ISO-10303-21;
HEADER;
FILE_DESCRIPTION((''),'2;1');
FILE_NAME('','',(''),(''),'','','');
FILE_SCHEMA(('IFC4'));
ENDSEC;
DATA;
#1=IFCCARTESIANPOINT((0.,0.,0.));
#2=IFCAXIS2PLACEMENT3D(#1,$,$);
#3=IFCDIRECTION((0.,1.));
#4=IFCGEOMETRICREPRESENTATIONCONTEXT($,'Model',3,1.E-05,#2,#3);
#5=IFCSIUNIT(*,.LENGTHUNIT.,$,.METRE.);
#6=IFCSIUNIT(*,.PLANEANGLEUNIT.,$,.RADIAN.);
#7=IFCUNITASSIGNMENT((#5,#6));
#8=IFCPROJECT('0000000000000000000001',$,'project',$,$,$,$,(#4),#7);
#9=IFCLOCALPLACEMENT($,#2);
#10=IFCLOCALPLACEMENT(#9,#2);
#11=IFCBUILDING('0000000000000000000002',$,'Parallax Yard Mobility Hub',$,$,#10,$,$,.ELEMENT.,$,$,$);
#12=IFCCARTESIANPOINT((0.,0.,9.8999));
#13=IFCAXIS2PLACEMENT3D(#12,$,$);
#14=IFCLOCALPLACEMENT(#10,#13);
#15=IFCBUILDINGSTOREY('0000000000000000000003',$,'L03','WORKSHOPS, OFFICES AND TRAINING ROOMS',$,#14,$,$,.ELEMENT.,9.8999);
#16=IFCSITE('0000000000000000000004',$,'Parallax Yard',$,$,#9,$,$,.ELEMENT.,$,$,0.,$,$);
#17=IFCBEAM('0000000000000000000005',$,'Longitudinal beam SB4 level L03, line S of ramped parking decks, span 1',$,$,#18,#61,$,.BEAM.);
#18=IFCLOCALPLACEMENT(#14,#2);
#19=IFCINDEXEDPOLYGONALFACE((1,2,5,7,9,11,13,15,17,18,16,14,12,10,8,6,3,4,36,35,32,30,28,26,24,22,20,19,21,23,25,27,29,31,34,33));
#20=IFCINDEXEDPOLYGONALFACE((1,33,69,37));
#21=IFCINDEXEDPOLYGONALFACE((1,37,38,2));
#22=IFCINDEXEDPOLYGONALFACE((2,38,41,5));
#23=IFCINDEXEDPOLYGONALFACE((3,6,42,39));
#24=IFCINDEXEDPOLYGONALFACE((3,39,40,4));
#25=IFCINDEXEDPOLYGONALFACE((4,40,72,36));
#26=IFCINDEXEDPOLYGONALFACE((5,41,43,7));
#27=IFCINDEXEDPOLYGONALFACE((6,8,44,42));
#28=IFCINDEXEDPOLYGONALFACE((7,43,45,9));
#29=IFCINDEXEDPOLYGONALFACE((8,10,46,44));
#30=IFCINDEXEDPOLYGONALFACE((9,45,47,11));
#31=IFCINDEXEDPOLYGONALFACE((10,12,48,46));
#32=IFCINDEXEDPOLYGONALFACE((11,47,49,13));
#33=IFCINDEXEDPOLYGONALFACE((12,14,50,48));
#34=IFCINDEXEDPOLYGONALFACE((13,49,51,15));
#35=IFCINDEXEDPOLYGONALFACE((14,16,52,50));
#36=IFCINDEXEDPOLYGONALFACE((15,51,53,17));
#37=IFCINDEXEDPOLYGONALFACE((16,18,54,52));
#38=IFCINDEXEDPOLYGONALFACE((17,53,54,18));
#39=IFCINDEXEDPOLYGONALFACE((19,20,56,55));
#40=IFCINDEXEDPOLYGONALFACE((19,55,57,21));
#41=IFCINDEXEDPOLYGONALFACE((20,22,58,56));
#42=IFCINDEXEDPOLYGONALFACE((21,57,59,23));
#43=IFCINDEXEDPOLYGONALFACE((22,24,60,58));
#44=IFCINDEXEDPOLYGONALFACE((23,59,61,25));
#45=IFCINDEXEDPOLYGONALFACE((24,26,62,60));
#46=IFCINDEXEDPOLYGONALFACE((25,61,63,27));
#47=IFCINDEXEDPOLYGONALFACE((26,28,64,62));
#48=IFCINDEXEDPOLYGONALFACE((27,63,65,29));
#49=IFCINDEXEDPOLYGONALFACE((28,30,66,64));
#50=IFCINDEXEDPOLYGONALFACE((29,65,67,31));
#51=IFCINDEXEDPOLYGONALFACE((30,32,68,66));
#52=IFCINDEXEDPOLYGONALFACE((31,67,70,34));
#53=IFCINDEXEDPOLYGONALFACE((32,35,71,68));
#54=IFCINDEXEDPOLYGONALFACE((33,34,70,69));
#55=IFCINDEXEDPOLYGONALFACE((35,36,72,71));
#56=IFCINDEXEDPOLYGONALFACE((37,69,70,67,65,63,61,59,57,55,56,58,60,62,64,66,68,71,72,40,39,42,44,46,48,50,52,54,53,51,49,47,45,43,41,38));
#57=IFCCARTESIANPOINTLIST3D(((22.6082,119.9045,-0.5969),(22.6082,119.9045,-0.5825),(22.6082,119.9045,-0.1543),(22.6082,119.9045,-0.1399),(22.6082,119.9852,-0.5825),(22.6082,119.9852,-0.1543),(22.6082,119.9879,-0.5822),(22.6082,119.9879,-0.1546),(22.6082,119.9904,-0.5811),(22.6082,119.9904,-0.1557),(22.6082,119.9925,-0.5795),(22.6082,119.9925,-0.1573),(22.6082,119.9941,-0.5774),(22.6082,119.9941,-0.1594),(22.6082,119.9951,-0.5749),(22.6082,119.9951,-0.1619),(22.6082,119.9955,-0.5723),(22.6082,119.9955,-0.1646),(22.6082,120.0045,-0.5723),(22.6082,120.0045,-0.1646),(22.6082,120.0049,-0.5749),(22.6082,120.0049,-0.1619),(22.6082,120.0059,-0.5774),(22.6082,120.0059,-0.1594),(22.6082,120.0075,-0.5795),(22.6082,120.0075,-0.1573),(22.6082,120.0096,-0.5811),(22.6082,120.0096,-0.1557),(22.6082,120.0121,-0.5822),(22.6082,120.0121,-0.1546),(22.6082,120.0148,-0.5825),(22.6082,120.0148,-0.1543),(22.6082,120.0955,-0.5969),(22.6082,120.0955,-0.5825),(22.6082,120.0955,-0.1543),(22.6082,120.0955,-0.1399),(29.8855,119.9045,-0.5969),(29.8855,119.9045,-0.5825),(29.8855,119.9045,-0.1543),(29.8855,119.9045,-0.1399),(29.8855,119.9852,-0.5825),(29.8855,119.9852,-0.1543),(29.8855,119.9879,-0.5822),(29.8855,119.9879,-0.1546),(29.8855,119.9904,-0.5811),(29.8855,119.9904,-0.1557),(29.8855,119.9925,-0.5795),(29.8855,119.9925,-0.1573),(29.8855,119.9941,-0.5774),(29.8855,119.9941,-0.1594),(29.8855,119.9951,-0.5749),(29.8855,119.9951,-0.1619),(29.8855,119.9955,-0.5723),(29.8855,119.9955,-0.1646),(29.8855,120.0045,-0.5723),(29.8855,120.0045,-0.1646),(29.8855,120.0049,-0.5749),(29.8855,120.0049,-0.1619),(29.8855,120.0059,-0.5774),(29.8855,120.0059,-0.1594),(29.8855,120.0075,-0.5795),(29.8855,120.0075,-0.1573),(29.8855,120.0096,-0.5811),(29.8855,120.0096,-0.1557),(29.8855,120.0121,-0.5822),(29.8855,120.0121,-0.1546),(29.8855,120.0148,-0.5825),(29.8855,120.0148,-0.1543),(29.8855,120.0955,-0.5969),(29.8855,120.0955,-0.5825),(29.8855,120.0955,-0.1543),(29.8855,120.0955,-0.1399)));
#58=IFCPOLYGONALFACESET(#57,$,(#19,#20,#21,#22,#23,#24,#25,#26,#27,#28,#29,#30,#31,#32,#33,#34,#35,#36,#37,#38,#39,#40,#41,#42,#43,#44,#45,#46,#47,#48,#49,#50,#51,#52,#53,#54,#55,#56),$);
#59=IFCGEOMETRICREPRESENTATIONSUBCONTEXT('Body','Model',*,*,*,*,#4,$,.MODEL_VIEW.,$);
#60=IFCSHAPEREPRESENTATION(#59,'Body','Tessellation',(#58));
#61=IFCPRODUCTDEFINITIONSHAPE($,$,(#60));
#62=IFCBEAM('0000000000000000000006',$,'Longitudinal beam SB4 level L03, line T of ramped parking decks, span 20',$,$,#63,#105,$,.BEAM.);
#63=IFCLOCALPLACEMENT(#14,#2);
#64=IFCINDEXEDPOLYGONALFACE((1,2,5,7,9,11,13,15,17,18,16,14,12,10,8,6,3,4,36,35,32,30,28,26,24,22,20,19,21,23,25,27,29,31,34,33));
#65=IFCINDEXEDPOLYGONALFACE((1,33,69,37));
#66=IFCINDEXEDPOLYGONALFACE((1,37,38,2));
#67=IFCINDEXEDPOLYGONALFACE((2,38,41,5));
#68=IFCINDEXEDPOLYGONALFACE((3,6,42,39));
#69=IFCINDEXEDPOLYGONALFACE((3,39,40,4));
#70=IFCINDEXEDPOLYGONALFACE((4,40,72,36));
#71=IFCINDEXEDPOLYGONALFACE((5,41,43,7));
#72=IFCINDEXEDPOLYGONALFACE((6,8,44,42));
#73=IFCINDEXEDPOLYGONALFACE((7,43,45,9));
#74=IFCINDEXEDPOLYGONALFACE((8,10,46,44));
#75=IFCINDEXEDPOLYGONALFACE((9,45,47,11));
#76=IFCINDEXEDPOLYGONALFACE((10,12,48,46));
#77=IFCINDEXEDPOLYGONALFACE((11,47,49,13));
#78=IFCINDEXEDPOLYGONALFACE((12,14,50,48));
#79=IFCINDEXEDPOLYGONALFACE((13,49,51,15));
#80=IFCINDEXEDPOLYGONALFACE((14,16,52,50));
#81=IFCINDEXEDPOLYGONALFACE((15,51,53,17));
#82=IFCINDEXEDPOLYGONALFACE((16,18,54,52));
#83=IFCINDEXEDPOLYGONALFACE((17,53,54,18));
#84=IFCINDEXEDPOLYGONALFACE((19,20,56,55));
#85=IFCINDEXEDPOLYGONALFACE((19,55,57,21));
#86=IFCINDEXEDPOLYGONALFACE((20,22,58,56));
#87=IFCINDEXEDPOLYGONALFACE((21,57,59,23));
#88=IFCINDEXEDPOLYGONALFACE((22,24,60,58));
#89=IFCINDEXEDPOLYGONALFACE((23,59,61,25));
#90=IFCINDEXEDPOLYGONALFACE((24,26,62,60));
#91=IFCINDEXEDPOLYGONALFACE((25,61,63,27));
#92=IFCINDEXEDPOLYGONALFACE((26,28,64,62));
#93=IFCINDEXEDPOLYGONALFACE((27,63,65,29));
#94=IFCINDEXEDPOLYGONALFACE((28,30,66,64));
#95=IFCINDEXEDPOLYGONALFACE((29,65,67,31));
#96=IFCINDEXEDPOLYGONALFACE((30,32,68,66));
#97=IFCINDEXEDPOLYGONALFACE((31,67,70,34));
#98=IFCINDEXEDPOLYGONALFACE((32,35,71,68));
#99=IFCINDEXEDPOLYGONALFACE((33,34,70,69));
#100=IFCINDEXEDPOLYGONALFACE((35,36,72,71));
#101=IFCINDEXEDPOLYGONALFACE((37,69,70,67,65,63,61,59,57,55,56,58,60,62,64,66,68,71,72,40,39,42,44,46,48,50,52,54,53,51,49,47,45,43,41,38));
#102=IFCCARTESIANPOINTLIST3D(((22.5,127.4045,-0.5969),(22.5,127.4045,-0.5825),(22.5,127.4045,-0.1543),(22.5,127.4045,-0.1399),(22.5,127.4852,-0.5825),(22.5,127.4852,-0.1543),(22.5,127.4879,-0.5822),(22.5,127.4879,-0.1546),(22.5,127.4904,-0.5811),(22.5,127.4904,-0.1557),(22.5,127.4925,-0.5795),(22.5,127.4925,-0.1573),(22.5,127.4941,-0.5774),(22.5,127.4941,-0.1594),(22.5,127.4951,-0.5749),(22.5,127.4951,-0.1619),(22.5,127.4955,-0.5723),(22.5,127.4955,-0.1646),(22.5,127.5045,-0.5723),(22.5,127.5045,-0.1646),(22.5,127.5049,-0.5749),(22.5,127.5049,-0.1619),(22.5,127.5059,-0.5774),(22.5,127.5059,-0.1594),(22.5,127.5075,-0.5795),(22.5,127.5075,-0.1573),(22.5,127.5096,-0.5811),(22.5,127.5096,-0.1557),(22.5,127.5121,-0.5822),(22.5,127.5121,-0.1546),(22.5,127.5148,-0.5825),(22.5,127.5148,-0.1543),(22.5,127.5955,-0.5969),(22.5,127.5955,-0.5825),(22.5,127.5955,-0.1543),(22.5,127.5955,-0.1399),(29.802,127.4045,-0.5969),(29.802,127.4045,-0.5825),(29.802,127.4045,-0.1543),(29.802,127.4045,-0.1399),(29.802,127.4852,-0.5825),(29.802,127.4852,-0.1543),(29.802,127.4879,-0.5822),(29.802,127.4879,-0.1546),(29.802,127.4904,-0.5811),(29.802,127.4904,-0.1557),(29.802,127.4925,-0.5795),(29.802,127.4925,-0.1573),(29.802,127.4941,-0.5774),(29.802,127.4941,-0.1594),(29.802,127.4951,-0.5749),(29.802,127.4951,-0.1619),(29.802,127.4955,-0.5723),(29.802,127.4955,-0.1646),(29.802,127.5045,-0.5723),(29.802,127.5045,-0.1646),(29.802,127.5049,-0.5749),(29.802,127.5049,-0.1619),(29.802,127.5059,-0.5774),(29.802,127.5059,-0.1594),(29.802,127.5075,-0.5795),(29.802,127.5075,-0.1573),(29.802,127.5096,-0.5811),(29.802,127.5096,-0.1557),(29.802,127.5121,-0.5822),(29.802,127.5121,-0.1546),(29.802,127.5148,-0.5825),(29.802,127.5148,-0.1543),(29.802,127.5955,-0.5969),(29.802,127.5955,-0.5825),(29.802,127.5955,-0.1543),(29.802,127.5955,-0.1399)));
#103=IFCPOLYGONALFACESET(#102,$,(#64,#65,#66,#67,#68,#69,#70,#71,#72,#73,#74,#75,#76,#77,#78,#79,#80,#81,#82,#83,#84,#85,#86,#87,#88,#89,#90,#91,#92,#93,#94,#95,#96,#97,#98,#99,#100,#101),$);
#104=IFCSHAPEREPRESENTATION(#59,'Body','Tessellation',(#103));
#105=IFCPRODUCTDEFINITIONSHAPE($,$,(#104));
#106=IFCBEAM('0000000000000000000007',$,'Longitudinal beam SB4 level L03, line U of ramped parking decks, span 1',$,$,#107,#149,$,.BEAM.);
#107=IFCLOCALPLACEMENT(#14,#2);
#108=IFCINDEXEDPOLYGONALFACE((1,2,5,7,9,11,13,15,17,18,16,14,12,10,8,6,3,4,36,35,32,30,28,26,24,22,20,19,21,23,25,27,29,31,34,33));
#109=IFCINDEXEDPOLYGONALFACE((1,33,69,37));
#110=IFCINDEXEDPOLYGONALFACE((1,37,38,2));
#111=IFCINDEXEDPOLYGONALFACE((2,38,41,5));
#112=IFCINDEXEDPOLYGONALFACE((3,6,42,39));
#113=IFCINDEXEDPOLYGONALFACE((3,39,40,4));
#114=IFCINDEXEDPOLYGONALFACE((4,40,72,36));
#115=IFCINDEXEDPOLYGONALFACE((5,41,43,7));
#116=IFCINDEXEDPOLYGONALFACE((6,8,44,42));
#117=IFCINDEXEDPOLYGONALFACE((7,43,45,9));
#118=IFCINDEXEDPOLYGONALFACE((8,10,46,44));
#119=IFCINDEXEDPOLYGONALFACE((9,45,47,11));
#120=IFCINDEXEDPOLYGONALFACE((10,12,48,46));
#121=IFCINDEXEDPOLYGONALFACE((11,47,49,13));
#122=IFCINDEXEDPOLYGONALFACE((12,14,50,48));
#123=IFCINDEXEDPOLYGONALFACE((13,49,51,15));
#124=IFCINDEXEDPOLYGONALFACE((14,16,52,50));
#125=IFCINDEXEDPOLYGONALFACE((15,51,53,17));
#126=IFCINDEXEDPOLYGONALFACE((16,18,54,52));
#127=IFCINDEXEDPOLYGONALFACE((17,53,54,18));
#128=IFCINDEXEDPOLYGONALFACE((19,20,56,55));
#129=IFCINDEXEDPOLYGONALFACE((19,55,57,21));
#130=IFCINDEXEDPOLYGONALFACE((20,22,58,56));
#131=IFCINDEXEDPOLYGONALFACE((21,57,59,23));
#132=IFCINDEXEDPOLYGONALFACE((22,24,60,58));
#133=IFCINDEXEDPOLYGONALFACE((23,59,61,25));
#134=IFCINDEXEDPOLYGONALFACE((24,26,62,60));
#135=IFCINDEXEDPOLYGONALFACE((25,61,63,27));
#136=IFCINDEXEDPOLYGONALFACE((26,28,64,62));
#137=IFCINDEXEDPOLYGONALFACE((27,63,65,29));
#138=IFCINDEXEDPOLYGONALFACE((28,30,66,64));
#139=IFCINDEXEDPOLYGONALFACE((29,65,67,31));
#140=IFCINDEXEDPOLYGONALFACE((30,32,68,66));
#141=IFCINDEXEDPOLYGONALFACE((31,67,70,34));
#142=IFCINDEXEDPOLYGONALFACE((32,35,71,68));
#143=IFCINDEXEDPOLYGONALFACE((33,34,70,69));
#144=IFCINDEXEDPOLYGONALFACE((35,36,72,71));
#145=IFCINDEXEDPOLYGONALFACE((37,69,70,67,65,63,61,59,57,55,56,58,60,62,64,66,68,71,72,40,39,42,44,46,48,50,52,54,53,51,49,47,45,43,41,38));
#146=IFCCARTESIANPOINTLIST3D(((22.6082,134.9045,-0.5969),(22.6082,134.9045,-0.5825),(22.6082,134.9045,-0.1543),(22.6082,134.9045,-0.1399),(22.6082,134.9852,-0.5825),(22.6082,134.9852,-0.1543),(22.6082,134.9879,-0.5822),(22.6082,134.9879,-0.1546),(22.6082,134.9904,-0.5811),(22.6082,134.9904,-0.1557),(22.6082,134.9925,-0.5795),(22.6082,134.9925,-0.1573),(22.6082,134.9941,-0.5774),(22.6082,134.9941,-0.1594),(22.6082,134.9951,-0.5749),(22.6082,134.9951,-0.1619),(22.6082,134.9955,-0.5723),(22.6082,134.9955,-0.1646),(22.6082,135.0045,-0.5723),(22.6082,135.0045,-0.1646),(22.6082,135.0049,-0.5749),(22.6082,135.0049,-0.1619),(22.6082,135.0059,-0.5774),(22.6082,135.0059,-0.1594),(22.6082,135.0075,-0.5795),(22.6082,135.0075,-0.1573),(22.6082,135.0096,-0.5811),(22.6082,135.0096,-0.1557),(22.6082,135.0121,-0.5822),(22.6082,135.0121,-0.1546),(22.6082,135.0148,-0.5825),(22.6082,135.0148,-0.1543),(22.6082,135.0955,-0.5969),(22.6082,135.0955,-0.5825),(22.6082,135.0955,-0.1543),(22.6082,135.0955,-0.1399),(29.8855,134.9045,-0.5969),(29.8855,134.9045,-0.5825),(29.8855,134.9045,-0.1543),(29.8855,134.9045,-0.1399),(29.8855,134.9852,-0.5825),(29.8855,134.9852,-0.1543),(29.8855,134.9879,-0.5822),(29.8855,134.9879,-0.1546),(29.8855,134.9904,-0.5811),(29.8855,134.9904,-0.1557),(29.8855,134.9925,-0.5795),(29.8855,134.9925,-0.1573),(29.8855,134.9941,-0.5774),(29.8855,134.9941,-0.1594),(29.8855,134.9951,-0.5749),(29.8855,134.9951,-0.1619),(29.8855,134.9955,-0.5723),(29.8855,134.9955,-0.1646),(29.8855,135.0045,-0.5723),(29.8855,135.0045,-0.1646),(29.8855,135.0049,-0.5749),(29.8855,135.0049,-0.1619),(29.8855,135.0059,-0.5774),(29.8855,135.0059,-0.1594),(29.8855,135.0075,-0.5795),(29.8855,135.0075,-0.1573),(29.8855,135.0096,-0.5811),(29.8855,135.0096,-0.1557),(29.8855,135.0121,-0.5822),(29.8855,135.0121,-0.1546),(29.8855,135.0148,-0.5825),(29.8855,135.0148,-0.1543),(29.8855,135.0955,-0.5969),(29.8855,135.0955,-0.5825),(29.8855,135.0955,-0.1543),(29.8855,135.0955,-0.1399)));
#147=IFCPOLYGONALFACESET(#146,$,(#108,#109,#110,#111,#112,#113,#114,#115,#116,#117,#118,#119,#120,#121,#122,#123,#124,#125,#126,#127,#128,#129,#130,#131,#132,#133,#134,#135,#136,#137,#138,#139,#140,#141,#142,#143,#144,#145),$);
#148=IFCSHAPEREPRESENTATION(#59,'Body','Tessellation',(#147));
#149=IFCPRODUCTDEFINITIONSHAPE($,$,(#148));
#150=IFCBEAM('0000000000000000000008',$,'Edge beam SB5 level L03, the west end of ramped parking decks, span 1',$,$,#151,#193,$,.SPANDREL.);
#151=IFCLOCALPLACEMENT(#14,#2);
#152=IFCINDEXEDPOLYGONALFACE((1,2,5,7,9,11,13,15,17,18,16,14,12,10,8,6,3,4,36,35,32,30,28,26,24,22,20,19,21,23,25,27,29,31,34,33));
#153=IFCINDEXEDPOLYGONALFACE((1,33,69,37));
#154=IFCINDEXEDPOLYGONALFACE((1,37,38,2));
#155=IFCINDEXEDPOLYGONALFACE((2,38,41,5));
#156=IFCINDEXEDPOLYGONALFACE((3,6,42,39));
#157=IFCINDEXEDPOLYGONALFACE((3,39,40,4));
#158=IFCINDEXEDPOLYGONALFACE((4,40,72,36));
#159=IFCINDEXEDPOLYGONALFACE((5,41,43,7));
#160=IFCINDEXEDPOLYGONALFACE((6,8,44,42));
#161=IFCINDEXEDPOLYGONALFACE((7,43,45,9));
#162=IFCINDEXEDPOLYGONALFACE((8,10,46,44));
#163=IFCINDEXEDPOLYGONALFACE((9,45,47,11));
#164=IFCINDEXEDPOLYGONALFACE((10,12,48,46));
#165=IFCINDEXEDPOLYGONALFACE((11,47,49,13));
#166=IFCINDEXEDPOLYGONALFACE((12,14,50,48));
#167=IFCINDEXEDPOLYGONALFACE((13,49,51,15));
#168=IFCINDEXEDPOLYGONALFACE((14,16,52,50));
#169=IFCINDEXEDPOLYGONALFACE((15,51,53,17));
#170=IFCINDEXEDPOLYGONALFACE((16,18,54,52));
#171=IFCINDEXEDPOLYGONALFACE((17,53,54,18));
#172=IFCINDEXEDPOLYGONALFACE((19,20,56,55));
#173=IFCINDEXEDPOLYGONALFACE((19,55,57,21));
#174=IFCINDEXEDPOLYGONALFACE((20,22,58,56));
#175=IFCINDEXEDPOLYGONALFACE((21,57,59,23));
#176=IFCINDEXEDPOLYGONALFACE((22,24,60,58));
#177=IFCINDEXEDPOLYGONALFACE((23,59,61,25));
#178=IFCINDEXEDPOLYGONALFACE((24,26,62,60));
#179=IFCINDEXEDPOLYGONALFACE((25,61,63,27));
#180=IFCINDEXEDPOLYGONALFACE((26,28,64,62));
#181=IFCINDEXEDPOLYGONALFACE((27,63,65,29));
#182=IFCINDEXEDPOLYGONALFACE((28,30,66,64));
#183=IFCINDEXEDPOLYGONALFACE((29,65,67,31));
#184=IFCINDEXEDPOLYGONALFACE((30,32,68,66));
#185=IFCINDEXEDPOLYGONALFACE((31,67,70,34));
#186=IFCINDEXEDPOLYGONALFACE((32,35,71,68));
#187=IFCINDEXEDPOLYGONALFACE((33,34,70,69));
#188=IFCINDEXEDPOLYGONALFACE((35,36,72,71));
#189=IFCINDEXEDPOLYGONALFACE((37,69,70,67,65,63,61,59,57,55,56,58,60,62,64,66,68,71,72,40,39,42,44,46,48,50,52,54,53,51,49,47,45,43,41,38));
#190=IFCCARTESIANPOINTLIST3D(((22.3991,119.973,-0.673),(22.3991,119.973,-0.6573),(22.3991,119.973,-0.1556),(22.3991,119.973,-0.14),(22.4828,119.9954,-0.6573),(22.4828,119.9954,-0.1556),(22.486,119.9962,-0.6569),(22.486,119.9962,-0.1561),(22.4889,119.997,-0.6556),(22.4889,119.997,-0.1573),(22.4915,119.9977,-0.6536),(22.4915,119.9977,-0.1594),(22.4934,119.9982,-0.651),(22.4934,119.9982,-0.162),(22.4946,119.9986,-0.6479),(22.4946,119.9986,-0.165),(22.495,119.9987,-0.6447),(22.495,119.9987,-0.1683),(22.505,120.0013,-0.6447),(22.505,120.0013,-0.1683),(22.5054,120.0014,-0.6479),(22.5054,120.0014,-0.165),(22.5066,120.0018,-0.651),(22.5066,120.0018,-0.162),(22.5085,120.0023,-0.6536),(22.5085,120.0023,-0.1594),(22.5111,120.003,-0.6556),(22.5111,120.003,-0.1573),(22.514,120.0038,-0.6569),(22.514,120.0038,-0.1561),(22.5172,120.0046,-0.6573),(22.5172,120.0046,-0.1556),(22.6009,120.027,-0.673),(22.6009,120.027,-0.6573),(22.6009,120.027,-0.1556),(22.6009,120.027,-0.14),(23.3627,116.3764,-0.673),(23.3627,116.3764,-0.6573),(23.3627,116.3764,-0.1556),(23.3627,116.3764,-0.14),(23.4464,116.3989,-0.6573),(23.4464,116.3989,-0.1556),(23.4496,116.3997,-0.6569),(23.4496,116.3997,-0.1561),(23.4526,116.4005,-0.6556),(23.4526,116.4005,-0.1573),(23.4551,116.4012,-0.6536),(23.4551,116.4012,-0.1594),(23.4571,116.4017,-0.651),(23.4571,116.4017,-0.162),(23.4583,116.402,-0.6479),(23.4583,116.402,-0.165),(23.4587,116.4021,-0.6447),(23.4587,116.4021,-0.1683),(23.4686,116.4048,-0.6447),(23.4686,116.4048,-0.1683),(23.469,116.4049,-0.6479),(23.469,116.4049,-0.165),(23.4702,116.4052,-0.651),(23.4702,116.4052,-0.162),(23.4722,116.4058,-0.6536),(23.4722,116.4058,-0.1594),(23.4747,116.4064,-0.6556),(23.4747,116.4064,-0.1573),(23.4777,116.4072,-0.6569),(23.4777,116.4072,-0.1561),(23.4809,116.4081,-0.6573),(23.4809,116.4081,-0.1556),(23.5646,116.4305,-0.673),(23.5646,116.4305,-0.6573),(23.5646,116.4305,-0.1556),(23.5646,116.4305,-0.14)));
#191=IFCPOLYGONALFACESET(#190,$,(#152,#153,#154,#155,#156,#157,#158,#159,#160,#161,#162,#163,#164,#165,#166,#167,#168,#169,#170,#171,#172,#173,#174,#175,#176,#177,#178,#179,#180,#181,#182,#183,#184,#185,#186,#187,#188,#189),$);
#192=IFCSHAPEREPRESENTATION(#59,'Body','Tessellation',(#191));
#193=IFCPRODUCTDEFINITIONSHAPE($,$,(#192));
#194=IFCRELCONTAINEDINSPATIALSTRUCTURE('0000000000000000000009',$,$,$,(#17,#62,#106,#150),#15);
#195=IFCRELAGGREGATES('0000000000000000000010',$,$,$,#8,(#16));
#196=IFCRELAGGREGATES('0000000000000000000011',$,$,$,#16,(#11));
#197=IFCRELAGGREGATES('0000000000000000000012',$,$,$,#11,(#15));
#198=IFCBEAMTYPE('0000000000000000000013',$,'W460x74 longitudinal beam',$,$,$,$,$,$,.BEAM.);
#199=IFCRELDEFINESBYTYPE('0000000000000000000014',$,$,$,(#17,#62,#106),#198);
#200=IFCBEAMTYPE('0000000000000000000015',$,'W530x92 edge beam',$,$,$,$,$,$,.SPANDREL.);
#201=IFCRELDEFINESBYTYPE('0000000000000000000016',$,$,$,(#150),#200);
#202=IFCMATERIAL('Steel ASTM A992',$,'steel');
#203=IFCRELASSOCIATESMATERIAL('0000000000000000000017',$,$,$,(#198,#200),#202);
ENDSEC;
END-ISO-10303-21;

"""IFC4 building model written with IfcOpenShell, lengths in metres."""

from ifc_helpers import new_model, si_unit, direction, frame, origin, origin_2d, place, context, subcontext, project, spatial, i_section, extrude, material, material_profile, profile_set, type_object, element, save


model = new_model("IFC4")

# Units and contexts
model_context = context("Model", 3, precision=1e-05, world=origin(), true_north=direction((0.0, 1.0)))
body_context = subcontext(model_context, "Body", "Model", "MODEL_VIEW")
ifc_project = project(units=[si_unit("LENGTHUNIT", "METRE"), si_unit("PLANEANGLEUNIT", "RADIAN")], contexts=[model_context])

# Site, building, storey
site_placement = place(None, origin())
site = spatial("IfcSite", under=ifc_project, at=site_placement, Name="Parallax Yard", CompositionType="ELEMENT", RefElevation=0.0)
building_placement = place(site_placement, origin())
building = spatial("IfcBuilding", under=site, at=building_placement, Name="Parallax Yard Mobility Hub", CompositionType="ELEMENT")
storey_placement = place(building_placement, frame((0.0, 0.0, 9.8999)))
storey = spatial("IfcBuildingStorey", under=building, at=storey_placement, Name="L03", Description="WORKSHOPS, OFFICES AND TRAINING ROOMS", CompositionType="ELEMENT", Elevation=9.8999)

# Beams
ifc_material_1 = material(Name="Steel ASTM A992", Category="steel")
ifc_material_profile_1 = material_profile(ifc_material_1, i_section(OverallWidth=0.1909, OverallDepth=0.457, WebThickness=0.009, FlangeThickness=0.0144, FilletRadius=0.0103, at=origin_2d()), Name="W460x74")
ifc_profile_set_1 = profile_set([ifc_material_profile_1], Name="Steel ASTM A992")
beam_type_1 = type_object("IfcBeamType", Name="W460x74 longitudinal beam", PredefinedType="BEAM", material=ifc_profile_set_1)
beam_1_placement = place(storey_placement, frame((22.6082, 120.0, -0.3684), z_axis=(1.0, 0.0, 0.0), x_axis=(0.0, 1.0, 0.0)))
element("IfcBeam", 1, at=beam_1_placement, inside=storey, type_object=beam_type_1, Name="Longitudinal beam SB4 level L03, line S of ramped parking decks, span 1", PredefinedType="BEAM", context=body_context, shape_type="SweptSolid", body=[
    extrude(i_section(OverallWidth=0.1909, OverallDepth=0.457, WebThickness=0.009, FlangeThickness=0.0144, FilletRadius=0.0103, at=origin_2d()), origin(), (0.0, 0.0, 1.0), 7.2773),
])
beam_2_placement = place(storey_placement, frame((22.5, 127.5, -0.3684), z_axis=(1.0, 0.0, 0.0), x_axis=(0.0, 1.0, 0.0)))
element("IfcBeam", 2, at=beam_2_placement, inside=storey, type_object=beam_type_1, Name="Longitudinal beam SB4 level L03, line T of ramped parking decks, span 20", PredefinedType="BEAM", context=body_context, shape_type="SweptSolid", body=[
    extrude(i_section(OverallWidth=0.1909, OverallDepth=0.457, WebThickness=0.009, FlangeThickness=0.0144, FilletRadius=0.0103, at=origin_2d()), origin(), (0.0, 0.0, 1.0), 7.302),
])
beam_3_placement = place(storey_placement, frame((22.6082, 135.0, -0.3684), z_axis=(1.0, 0.0, 0.0), x_axis=(0.0, 1.0, 0.0)))
element("IfcBeam", 3, at=beam_3_placement, inside=storey, type_object=beam_type_1, Name="Longitudinal beam SB4 level L03, line U of ramped parking decks, span 1", PredefinedType="BEAM", context=body_context, shape_type="SweptSolid", body=[
    extrude(i_section(OverallWidth=0.1909, OverallDepth=0.457, WebThickness=0.009, FlangeThickness=0.0144, FilletRadius=0.0103, at=origin_2d()), origin(), (0.0, 0.0, 1.0), 7.2773),
])
ifc_material_profile_2 = material_profile(ifc_material_1, i_section(OverallWidth=0.209, OverallDepth=0.533, WebThickness=0.0103, FlangeThickness=0.0156, FilletRadius=0.0127, at=origin_2d()), Name="W530x92")
ifc_profile_set_2 = profile_set([ifc_material_profile_2], Name="Steel ASTM A992")
beam_type_2 = type_object("IfcBeamType", Name="W530x92 edge beam", PredefinedType="SPANDREL", material=ifc_profile_set_2)
beam_4_placement = place(storey_placement, frame((22.5, 120.0, -0.4065), z_axis=(0.258809, -0.965928, 0.0), x_axis=(0.965928, 0.258809, 0.0)))
element("IfcBeam", 4, at=beam_4_placement, inside=storey, type_object=beam_type_2, Name="Edge beam SB5 level L03, the west end of ramped parking decks, span 1", PredefinedType="SPANDREL", context=body_context, shape_type="SweptSolid", body=[
    extrude(i_section(OverallWidth=0.209, OverallDepth=0.533, WebThickness=0.0103, FlangeThickness=0.0156, FilletRadius=0.0127, at=origin_2d()), origin(), (0.0, 0.0, 1.0), 3.7234),
])

save(model, "model.ifc")
